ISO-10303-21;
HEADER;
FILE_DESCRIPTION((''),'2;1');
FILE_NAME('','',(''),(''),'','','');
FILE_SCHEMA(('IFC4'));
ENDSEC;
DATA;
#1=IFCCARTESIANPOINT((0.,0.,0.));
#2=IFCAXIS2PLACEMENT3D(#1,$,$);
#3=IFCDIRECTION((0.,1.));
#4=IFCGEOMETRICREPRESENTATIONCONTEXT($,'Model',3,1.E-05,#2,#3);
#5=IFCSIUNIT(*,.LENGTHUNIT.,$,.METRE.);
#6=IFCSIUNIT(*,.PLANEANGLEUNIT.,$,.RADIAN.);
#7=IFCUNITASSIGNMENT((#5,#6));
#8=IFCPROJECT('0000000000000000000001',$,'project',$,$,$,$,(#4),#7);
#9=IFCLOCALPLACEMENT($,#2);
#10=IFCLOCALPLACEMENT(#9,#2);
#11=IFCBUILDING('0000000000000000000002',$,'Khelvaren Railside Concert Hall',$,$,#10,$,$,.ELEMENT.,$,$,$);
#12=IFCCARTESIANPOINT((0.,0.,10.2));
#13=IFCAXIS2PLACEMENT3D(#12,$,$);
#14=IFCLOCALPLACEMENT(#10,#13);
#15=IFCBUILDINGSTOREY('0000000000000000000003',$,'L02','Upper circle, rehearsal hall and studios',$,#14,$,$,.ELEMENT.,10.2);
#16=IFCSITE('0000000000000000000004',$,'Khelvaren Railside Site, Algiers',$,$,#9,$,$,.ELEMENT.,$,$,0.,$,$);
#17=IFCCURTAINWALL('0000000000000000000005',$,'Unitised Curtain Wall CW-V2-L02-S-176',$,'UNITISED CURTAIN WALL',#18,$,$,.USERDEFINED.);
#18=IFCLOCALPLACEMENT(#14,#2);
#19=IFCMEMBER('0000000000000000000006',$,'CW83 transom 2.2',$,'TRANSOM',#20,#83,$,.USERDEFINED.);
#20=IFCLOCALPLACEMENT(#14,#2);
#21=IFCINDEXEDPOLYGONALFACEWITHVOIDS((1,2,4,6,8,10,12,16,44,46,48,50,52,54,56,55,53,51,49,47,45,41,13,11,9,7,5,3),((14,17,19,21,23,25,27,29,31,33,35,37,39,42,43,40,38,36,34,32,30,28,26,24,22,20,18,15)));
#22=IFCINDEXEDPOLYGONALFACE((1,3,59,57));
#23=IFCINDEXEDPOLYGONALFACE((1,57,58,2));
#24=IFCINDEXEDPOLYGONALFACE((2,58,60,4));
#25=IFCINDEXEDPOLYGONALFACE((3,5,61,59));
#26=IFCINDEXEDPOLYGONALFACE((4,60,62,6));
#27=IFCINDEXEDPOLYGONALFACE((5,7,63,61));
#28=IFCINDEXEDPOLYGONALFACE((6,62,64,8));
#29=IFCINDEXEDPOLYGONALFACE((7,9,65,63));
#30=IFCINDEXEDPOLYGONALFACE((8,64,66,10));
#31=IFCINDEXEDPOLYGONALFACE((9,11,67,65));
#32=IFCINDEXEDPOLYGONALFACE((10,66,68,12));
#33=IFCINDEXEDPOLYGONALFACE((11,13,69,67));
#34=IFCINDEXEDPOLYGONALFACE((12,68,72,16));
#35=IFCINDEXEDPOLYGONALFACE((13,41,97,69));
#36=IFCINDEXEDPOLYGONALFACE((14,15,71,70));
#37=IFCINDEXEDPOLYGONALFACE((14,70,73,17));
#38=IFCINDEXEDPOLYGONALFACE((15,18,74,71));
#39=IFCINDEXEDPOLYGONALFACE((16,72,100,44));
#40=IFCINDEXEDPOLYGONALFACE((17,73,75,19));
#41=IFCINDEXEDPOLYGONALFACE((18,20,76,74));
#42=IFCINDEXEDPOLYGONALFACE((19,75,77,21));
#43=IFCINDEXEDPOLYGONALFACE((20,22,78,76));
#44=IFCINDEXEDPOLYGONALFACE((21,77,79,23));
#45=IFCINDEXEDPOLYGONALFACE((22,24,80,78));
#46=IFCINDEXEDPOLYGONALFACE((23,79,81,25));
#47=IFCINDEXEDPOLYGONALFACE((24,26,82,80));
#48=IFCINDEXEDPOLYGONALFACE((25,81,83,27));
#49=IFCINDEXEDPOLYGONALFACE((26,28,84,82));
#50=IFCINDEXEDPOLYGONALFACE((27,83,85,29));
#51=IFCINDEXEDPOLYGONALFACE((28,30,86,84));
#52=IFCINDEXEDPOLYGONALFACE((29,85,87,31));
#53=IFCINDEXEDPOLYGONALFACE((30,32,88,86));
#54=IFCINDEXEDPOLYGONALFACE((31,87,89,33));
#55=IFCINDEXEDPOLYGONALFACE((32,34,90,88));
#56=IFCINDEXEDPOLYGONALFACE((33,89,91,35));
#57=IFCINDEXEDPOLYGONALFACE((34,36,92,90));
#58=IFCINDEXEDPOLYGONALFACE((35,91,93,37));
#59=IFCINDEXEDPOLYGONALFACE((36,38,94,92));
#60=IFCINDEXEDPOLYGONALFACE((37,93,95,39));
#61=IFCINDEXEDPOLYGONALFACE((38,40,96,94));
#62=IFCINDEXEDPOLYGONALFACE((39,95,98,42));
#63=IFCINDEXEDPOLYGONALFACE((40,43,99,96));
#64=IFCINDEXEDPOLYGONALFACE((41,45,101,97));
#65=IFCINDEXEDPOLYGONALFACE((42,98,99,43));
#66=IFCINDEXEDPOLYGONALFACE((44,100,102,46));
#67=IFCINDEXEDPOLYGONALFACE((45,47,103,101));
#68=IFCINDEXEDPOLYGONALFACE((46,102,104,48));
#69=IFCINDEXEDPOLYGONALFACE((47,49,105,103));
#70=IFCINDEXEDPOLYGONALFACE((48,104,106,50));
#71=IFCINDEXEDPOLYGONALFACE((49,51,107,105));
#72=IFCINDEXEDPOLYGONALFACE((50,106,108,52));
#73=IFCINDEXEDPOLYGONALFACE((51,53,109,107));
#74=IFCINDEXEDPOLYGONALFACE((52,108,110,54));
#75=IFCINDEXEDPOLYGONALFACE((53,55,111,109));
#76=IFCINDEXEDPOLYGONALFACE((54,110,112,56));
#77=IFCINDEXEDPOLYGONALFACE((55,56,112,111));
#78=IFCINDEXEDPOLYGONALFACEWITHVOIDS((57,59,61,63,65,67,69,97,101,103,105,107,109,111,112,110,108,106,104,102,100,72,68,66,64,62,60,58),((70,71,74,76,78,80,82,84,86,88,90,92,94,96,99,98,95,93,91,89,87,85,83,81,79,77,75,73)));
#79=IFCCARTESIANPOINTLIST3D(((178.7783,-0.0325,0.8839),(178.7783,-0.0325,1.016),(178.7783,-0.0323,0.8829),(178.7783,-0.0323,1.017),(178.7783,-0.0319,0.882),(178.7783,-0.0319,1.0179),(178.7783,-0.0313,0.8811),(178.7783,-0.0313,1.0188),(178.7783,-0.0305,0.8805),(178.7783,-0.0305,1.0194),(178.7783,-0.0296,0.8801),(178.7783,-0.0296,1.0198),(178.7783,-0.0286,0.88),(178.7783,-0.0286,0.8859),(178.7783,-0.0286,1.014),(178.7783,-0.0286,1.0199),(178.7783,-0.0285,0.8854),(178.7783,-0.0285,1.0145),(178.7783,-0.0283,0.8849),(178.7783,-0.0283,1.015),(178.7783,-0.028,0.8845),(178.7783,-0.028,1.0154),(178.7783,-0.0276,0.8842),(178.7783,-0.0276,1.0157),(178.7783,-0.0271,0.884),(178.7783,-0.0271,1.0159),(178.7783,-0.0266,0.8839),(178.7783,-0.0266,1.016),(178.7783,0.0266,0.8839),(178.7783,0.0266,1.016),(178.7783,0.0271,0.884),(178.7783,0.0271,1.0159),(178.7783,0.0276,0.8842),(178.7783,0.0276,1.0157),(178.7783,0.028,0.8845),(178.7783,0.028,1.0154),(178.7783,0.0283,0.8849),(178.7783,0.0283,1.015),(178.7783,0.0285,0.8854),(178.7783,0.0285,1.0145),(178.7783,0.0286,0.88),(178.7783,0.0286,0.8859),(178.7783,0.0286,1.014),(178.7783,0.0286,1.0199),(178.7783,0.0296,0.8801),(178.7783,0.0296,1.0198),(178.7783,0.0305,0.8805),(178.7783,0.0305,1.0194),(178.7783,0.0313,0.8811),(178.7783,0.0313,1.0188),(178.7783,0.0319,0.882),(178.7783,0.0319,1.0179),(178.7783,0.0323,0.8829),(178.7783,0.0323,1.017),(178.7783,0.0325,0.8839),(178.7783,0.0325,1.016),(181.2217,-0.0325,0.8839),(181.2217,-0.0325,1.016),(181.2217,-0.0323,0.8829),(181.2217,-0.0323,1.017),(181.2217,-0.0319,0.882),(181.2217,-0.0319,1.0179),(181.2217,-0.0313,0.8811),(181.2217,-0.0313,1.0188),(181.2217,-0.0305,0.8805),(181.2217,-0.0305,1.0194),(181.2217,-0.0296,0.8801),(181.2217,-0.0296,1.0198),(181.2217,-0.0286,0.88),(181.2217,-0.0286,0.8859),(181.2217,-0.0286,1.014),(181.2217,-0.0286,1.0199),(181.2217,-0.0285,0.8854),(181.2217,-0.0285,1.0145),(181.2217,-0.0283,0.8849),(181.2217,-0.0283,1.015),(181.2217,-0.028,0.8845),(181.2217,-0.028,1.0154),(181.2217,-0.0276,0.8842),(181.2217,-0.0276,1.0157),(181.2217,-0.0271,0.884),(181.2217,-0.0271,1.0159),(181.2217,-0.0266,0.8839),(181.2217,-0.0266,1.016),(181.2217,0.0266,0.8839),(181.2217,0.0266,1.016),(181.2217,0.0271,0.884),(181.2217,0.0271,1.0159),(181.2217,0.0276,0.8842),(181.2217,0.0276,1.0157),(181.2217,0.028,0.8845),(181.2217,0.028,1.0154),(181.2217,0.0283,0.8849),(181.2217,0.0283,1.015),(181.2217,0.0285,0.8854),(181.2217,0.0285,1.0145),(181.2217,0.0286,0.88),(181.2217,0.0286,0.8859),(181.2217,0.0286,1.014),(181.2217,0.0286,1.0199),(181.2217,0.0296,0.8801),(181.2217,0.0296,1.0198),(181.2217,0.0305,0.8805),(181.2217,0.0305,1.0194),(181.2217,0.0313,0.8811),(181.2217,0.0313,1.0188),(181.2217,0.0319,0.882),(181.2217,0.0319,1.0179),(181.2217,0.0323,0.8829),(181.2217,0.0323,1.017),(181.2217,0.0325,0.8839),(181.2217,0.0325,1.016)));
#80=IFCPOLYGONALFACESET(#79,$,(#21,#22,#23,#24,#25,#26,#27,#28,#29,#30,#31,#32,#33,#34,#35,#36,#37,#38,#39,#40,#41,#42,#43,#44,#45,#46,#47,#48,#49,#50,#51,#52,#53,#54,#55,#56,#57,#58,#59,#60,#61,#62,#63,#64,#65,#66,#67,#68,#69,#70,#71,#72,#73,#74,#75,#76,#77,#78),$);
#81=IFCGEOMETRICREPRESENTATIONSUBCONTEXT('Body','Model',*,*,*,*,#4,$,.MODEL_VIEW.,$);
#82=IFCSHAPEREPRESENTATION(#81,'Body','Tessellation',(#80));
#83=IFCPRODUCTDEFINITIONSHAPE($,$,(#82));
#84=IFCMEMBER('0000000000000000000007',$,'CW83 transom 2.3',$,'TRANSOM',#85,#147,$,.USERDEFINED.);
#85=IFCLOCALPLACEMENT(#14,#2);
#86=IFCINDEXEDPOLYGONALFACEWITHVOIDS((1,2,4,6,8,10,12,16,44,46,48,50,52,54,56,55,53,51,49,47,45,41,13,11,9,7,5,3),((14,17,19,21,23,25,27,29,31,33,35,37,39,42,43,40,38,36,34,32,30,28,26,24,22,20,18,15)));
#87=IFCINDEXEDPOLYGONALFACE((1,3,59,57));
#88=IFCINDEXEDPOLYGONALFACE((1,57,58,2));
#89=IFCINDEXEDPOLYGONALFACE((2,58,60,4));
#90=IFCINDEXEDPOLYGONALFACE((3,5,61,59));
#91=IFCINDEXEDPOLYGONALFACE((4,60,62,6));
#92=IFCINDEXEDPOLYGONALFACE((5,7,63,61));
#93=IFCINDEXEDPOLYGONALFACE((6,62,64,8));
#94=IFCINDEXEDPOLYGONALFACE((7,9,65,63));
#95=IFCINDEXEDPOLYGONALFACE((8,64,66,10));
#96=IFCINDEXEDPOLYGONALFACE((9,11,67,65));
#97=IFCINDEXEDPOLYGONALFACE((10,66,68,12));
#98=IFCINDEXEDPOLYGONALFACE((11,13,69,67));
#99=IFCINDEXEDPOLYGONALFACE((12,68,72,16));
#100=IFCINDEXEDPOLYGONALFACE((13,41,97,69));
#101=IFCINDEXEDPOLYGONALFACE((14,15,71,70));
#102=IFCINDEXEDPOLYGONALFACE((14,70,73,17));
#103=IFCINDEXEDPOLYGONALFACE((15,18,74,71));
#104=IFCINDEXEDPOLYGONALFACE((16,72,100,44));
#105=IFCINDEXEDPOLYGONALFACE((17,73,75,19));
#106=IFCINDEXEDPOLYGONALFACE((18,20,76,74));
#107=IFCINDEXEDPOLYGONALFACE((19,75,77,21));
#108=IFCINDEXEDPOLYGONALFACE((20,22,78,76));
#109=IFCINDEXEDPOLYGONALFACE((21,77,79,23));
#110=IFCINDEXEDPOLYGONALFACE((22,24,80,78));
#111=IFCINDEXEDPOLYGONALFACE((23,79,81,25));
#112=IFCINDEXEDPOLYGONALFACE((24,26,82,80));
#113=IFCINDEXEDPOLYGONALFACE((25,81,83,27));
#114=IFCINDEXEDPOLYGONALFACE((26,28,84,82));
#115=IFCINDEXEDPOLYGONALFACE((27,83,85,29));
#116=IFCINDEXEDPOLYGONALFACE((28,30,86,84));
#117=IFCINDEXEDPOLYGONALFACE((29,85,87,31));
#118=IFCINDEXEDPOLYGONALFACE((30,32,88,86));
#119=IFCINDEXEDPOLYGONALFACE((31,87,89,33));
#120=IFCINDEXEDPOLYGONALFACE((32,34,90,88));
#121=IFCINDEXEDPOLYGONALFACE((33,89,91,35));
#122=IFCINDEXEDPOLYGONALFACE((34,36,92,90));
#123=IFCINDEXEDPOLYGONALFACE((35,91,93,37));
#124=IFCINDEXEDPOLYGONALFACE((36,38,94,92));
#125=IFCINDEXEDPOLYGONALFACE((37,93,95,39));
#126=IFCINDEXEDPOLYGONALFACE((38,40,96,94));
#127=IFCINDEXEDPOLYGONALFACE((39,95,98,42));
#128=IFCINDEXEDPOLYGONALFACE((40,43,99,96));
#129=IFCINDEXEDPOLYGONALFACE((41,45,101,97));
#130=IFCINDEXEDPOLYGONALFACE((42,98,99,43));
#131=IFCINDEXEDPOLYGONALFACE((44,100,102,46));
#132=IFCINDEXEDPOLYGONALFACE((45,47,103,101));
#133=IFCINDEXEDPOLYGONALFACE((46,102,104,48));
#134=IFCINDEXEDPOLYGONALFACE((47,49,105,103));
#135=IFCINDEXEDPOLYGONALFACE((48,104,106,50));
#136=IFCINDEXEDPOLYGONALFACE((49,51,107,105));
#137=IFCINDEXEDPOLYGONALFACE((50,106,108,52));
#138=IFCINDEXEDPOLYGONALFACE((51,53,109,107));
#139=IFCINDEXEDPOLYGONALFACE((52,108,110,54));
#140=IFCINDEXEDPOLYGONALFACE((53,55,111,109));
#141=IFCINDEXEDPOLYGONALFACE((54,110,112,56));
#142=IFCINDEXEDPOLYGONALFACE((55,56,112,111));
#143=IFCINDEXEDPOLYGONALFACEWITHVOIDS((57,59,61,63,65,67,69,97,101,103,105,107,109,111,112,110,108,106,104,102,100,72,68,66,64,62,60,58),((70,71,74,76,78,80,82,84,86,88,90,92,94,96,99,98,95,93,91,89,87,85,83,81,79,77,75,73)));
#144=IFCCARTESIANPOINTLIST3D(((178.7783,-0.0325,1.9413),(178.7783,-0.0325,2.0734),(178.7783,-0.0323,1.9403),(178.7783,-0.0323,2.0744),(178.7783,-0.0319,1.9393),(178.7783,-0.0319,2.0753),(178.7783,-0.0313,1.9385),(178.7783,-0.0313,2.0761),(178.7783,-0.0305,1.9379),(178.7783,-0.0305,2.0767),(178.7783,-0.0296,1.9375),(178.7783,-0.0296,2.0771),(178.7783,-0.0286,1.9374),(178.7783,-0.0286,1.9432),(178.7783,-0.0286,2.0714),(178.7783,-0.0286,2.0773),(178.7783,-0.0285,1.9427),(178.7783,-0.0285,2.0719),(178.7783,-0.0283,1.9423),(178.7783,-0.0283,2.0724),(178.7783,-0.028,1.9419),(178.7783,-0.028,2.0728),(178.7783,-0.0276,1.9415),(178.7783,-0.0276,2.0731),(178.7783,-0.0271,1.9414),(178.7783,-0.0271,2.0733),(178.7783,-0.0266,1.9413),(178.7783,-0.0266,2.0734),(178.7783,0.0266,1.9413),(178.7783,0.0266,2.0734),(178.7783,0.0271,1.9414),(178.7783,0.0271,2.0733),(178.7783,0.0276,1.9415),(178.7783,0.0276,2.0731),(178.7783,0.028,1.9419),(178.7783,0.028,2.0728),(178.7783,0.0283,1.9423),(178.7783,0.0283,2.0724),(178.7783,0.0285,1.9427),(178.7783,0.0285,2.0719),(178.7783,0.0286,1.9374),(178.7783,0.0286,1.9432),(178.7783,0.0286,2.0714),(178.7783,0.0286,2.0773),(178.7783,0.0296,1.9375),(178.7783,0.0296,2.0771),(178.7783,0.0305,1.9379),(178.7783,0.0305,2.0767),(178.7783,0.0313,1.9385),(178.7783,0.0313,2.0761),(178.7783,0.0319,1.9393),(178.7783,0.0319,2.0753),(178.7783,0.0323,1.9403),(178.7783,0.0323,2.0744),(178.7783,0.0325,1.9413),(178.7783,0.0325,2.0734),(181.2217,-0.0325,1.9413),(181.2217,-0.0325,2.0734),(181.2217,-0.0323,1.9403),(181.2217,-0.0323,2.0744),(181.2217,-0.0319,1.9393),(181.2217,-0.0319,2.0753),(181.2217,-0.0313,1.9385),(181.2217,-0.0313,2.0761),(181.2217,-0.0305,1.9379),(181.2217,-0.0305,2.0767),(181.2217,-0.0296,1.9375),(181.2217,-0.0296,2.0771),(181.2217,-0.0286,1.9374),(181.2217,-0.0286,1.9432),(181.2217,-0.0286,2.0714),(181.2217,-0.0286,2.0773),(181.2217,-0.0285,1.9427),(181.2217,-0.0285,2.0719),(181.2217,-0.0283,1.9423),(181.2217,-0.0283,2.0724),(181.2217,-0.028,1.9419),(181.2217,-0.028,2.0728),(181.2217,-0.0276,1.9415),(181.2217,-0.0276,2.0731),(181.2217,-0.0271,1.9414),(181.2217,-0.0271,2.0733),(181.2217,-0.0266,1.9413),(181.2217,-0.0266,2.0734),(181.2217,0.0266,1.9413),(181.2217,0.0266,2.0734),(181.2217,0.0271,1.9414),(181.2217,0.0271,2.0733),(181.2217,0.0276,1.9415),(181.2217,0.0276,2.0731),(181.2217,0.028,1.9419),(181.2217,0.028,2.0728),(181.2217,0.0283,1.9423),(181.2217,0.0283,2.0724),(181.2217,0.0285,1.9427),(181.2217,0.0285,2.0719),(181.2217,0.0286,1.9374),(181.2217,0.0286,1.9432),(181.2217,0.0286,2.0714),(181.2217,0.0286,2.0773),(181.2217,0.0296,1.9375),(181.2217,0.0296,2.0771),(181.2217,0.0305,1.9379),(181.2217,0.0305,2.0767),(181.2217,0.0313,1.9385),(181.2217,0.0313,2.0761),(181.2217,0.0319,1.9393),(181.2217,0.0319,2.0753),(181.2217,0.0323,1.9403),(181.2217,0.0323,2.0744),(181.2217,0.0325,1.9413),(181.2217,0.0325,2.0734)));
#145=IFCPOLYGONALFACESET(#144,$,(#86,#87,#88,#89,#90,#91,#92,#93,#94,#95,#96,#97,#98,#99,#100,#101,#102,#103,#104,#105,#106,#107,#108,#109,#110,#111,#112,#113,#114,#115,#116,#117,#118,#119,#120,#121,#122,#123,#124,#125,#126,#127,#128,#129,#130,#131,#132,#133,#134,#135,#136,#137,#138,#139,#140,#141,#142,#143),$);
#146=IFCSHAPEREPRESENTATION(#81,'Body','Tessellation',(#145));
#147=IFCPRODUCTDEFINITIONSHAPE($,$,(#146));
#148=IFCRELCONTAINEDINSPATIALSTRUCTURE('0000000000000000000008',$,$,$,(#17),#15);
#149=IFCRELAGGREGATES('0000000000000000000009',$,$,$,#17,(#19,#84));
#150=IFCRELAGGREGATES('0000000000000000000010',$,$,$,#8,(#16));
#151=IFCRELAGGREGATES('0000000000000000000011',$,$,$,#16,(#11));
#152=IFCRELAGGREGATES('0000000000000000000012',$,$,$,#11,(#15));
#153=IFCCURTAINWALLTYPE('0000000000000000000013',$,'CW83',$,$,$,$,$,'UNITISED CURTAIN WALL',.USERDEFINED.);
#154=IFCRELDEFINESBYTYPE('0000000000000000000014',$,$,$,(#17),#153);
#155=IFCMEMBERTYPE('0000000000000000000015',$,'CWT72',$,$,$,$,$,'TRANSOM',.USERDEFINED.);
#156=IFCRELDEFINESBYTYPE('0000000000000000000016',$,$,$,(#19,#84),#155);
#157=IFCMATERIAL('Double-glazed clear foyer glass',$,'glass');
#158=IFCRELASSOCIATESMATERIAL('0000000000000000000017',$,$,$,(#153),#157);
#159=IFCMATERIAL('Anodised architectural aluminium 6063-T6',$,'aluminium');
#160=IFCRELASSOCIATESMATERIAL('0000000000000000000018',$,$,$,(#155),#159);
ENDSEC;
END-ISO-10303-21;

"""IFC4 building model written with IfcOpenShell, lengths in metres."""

from ifc_helpers import new_model, si_unit, direction, frame, origin, origin_2d, place, context, subcontext, project, spatial, hollow_rectangle, extrude, material, material_profile, profile_set, type_object, element, aggregate, save


model = new_model("IFC4")

# Units and contexts
model_context = context("Model", 3, precision=1e-05, world=origin(), true_north=direction((0.0, 1.0)))
body_context = subcontext(model_context, "Body", "Model", "MODEL_VIEW")
ifc_project = project(units=[si_unit("LENGTHUNIT", "METRE"), si_unit("PLANEANGLEUNIT", "RADIAN")], contexts=[model_context])

# Site, building, storey
site_placement = place(None, origin())
site = spatial("IfcSite", under=ifc_project, at=site_placement, Name="Khelvaren Railside Site, Algiers", CompositionType="ELEMENT", RefElevation=0.0)
building_placement = place(site_placement, origin())
building = spatial("IfcBuilding", under=site, at=building_placement, Name="Khelvaren Railside Concert Hall", CompositionType="ELEMENT")
storey_placement = place(building_placement, frame((0.0, 0.0, 10.2)))
storey = spatial("IfcBuildingStorey", under=building, at=storey_placement, Name="L02", Description="Upper circle, rehearsal hall and studios", CompositionType="ELEMENT", Elevation=10.2)

# Curtain wall, members
ifc_material_1 = material(Name="Double-glazed clear foyer glass", Category="glass")
curtain_wall_type = type_object("IfcCurtainWallType", Name="CW83", ElementType="UNITISED CURTAIN WALL", PredefinedType="USERDEFINED", material=ifc_material_1)
curtain_wall_placement = place(storey_placement, origin())
curtain_wall = element("IfcCurtainWall", 1, at=curtain_wall_placement, inside=storey, type_object=curtain_wall_type, Name="Unitised Curtain Wall CW-V2-L02-S-176", ObjectType="UNITISED CURTAIN WALL", PredefinedType="USERDEFINED")
ifc_material_2 = material(Name="Anodised architectural aluminium 6063-T6", Category="aluminium")
ifc_material_profile_1 = material_profile(ifc_material_2, hollow_rectangle(XDim=0.0649, YDim=0.1399, WallThickness=0.0039, InnerFilletRadius=0.002, OuterFilletRadius=0.0039, at=origin_2d()), Name="CWT 65x140x4")
ifc_profile_set_1 = profile_set([ifc_material_profile_1], Name="Anodised architectural aluminium 6063-T6")
member_type_1 = type_object("IfcMemberType", Name="CWT72", ElementType="TRANSOM", PredefinedType="USERDEFINED", material=ifc_profile_set_1)
member_1_placement = place(storey_placement, frame((181.2217, 0.0, 0.95), z_axis=(-1.0, 0.0, 0.0), x_axis=(0.0, -1.0, 0.0)))
member_1 = element("IfcMember", 2, at=member_1_placement, type_object=member_type_1, Name="CW83 transom 2.2", ObjectType="TRANSOM", PredefinedType="USERDEFINED", context=body_context, shape_type="SweptSolid", body=[
    extrude(hollow_rectangle(XDim=0.0649, YDim=0.1399, WallThickness=0.0039, InnerFilletRadius=0.002, OuterFilletRadius=0.0039, at=origin_2d()), origin(), (0.0, 0.0, 1.0), 2.4434),
])
member_2_placement = place(storey_placement, frame((181.2217, 0.0, 2.0073), z_axis=(-1.0, 0.0, 0.0), x_axis=(0.0, -1.0, 0.0)))
member_2 = element("IfcMember", 3, at=member_2_placement, type_object=member_type_1, Name="CW83 transom 2.3", ObjectType="TRANSOM", PredefinedType="USERDEFINED", context=body_context, shape_type="SweptSolid", body=[
    extrude(hollow_rectangle(XDim=0.0649, YDim=0.1399, WallThickness=0.0039, InnerFilletRadius=0.002, OuterFilletRadius=0.0039, at=origin_2d()), origin(), (0.0, 0.0, 1.0), 2.4434),
])

aggregate(curtain_wall, [member_1, member_2])

save(model, "model.ifc")
